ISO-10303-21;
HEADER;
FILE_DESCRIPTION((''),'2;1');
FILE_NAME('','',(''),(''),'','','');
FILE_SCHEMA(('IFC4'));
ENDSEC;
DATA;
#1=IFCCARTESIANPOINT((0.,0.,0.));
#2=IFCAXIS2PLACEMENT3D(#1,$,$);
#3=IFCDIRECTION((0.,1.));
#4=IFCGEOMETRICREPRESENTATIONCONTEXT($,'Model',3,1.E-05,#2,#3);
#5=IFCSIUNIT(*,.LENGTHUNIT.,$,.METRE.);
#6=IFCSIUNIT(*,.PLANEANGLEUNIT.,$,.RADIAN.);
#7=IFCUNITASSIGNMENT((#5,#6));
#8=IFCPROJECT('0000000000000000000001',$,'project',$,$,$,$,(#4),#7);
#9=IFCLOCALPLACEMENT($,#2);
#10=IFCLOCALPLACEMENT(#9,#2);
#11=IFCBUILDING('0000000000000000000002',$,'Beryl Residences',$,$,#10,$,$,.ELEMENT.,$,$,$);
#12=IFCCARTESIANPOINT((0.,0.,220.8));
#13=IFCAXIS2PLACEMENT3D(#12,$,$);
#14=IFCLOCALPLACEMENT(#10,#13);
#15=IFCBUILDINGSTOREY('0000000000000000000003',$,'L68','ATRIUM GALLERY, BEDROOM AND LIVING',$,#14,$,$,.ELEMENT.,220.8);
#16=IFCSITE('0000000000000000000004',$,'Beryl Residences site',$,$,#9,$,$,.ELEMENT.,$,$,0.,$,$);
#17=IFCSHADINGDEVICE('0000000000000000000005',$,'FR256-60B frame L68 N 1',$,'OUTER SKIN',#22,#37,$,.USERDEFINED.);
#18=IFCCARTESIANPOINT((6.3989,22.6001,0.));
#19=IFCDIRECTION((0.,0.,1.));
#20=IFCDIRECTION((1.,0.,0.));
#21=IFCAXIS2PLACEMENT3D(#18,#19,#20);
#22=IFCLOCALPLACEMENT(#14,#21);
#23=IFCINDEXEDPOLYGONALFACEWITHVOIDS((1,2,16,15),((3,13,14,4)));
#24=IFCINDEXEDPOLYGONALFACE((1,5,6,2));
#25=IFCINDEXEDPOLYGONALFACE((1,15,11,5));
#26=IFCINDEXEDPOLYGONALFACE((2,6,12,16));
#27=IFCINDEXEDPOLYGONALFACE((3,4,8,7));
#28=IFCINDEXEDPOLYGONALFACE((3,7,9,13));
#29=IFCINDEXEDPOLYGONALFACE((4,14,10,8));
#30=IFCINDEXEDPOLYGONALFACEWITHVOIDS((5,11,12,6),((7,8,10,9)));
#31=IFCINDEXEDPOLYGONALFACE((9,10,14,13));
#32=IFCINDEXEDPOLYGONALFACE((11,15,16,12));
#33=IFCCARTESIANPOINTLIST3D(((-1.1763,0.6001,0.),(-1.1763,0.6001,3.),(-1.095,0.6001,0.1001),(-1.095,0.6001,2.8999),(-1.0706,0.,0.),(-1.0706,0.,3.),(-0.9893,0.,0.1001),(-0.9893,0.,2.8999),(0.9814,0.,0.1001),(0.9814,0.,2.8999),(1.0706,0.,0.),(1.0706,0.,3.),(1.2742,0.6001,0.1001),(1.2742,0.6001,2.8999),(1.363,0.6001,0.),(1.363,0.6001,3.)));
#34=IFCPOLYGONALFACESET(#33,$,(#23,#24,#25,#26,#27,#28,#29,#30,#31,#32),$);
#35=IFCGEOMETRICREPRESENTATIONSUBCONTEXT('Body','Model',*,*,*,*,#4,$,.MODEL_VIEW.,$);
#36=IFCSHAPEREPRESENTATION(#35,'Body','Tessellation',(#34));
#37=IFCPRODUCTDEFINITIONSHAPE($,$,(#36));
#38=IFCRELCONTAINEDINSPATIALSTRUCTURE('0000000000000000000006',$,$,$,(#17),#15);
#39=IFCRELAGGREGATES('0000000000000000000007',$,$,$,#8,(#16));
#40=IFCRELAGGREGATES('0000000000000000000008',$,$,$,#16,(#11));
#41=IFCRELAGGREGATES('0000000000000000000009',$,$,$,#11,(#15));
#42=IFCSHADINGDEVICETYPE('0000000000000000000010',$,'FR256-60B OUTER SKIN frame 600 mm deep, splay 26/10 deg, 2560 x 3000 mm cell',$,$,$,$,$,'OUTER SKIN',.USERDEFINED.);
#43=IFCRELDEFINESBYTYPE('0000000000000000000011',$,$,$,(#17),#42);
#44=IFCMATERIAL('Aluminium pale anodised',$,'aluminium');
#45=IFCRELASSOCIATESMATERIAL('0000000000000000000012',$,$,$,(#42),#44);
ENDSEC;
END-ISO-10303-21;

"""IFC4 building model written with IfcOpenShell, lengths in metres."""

from ifc_helpers import new_model, entity, si_unit, direction, frame, origin, place, context, subcontext, project, spatial, source, transform, mapped, material, type_object, type_shapes, element, save


model = new_model("IFC4")

# Units and contexts
model_context = context("Model", 3, precision=1e-05, world=origin(), true_north=direction((0.0, 1.0)))
body_context = subcontext(model_context, "Body", "Model", "MODEL_VIEW")
ifc_project = project(units=[si_unit("LENGTHUNIT", "METRE"), si_unit("PLANEANGLEUNIT", "RADIAN")], contexts=[model_context])

# Site, building, storey
site_placement = place(None, origin())
site = spatial("IfcSite", under=ifc_project, at=site_placement, Name="Beryl Residences site", CompositionType="ELEMENT", RefElevation=0.0)
building_placement = place(site_placement, origin())
building = spatial("IfcBuilding", under=site, at=building_placement, Name="Beryl Residences", CompositionType="ELEMENT")
storey_placement = place(building_placement, frame((0.0, 0.0, 220.8)))
storey = spatial("IfcBuildingStorey", under=building, at=storey_placement, Name="L68", Description="ATRIUM GALLERY, BEDROOM AND LIVING", CompositionType="ELEMENT", Elevation=220.8)

# Shading device
ifc_material_1 = material(Name="Aluminium pale anodised", Category="aluminium")
shading_device_type = type_object("IfcShadingDeviceType", Name="FR256-60B OUTER SKIN frame 600 mm deep, splay 26/10 deg, 2560 x 3000 mm cell", ElementType="OUTER SKIN", PredefinedType="USERDEFINED", material=ifc_material_1)
cartesian_point_1 = entity("IfcCartesianPoint", [-1.0706, 0.0])
cartesian_point_2 = entity("IfcCartesianPoint", [-0.9814, 0.1001])
cartesian_point_3 = entity("IfcCartesianPoint", [-1.363, 0.0])
cartesian_point_4 = entity("IfcCartesianPoint", [-1.2742, 0.1001])
shared_shape_1 = source(origin(), body_context, "Body", "SweptSolid", [
    entity("IfcExtrudedAreaSolidTapered", entity("IfcArbitraryProfileDefWithVoids", "AREA", None, entity("IfcPolyline", [cartesian_point_1, entity("IfcCartesianPoint", [1.0706, 0.0]), entity("IfcCartesianPoint", [1.0706, 3.0]), entity("IfcCartesianPoint", [-1.0706, 3.0]), cartesian_point_1]), [entity("IfcPolyline", [cartesian_point_2, entity("IfcCartesianPoint", [0.9893, 0.1001]), entity("IfcCartesianPoint", [0.9893, 2.8999]), entity("IfcCartesianPoint", [-0.9814, 2.8999]), cartesian_point_2])]), entity("IfcAxis2Placement3D", entity("IfcCartesianPoint", [0.0, 0.0, 0.0]), entity("IfcDirection", [0.0, 1.0, 0.0]), entity("IfcDirection", [-1.0, 0.0, 0.0])), entity("IfcDirection", [0.0, 0.0, 1.0]), 0.6001, entity("IfcArbitraryProfileDefWithVoids", "AREA", None, entity("IfcPolyline", [cartesian_point_3, entity("IfcCartesianPoint", [1.1763, 0.0]), entity("IfcCartesianPoint", [1.1763, 3.0]), entity("IfcCartesianPoint", [-1.363, 3.0]), cartesian_point_3]), [entity("IfcPolyline", [cartesian_point_4, entity("IfcCartesianPoint", [1.095, 0.1001]), entity("IfcCartesianPoint", [1.095, 2.8999]), entity("IfcCartesianPoint", [-1.2742, 2.8999]), cartesian_point_4])])),
])
type_shapes(shading_device_type, [shared_shape_1])
shading_device_placement = place(storey_placement, frame((6.3989, 22.6001, 0.0), z_axis=(0.0, 0.0, 1.0), x_axis=(1.0, 0.0, 0.0)))
element("IfcShadingDevice", 1, at=shading_device_placement, inside=storey, type_object=shading_device_type, Name="FR256-60B frame L68 N 1", ObjectType="OUTER SKIN", PredefinedType="USERDEFINED", context=body_context, shape_type="MappedRepresentation", body=[
    mapped(shared_shape_1, transform((0.0, 0.0, 0.0))),
])

save(model, "model.ifc")
